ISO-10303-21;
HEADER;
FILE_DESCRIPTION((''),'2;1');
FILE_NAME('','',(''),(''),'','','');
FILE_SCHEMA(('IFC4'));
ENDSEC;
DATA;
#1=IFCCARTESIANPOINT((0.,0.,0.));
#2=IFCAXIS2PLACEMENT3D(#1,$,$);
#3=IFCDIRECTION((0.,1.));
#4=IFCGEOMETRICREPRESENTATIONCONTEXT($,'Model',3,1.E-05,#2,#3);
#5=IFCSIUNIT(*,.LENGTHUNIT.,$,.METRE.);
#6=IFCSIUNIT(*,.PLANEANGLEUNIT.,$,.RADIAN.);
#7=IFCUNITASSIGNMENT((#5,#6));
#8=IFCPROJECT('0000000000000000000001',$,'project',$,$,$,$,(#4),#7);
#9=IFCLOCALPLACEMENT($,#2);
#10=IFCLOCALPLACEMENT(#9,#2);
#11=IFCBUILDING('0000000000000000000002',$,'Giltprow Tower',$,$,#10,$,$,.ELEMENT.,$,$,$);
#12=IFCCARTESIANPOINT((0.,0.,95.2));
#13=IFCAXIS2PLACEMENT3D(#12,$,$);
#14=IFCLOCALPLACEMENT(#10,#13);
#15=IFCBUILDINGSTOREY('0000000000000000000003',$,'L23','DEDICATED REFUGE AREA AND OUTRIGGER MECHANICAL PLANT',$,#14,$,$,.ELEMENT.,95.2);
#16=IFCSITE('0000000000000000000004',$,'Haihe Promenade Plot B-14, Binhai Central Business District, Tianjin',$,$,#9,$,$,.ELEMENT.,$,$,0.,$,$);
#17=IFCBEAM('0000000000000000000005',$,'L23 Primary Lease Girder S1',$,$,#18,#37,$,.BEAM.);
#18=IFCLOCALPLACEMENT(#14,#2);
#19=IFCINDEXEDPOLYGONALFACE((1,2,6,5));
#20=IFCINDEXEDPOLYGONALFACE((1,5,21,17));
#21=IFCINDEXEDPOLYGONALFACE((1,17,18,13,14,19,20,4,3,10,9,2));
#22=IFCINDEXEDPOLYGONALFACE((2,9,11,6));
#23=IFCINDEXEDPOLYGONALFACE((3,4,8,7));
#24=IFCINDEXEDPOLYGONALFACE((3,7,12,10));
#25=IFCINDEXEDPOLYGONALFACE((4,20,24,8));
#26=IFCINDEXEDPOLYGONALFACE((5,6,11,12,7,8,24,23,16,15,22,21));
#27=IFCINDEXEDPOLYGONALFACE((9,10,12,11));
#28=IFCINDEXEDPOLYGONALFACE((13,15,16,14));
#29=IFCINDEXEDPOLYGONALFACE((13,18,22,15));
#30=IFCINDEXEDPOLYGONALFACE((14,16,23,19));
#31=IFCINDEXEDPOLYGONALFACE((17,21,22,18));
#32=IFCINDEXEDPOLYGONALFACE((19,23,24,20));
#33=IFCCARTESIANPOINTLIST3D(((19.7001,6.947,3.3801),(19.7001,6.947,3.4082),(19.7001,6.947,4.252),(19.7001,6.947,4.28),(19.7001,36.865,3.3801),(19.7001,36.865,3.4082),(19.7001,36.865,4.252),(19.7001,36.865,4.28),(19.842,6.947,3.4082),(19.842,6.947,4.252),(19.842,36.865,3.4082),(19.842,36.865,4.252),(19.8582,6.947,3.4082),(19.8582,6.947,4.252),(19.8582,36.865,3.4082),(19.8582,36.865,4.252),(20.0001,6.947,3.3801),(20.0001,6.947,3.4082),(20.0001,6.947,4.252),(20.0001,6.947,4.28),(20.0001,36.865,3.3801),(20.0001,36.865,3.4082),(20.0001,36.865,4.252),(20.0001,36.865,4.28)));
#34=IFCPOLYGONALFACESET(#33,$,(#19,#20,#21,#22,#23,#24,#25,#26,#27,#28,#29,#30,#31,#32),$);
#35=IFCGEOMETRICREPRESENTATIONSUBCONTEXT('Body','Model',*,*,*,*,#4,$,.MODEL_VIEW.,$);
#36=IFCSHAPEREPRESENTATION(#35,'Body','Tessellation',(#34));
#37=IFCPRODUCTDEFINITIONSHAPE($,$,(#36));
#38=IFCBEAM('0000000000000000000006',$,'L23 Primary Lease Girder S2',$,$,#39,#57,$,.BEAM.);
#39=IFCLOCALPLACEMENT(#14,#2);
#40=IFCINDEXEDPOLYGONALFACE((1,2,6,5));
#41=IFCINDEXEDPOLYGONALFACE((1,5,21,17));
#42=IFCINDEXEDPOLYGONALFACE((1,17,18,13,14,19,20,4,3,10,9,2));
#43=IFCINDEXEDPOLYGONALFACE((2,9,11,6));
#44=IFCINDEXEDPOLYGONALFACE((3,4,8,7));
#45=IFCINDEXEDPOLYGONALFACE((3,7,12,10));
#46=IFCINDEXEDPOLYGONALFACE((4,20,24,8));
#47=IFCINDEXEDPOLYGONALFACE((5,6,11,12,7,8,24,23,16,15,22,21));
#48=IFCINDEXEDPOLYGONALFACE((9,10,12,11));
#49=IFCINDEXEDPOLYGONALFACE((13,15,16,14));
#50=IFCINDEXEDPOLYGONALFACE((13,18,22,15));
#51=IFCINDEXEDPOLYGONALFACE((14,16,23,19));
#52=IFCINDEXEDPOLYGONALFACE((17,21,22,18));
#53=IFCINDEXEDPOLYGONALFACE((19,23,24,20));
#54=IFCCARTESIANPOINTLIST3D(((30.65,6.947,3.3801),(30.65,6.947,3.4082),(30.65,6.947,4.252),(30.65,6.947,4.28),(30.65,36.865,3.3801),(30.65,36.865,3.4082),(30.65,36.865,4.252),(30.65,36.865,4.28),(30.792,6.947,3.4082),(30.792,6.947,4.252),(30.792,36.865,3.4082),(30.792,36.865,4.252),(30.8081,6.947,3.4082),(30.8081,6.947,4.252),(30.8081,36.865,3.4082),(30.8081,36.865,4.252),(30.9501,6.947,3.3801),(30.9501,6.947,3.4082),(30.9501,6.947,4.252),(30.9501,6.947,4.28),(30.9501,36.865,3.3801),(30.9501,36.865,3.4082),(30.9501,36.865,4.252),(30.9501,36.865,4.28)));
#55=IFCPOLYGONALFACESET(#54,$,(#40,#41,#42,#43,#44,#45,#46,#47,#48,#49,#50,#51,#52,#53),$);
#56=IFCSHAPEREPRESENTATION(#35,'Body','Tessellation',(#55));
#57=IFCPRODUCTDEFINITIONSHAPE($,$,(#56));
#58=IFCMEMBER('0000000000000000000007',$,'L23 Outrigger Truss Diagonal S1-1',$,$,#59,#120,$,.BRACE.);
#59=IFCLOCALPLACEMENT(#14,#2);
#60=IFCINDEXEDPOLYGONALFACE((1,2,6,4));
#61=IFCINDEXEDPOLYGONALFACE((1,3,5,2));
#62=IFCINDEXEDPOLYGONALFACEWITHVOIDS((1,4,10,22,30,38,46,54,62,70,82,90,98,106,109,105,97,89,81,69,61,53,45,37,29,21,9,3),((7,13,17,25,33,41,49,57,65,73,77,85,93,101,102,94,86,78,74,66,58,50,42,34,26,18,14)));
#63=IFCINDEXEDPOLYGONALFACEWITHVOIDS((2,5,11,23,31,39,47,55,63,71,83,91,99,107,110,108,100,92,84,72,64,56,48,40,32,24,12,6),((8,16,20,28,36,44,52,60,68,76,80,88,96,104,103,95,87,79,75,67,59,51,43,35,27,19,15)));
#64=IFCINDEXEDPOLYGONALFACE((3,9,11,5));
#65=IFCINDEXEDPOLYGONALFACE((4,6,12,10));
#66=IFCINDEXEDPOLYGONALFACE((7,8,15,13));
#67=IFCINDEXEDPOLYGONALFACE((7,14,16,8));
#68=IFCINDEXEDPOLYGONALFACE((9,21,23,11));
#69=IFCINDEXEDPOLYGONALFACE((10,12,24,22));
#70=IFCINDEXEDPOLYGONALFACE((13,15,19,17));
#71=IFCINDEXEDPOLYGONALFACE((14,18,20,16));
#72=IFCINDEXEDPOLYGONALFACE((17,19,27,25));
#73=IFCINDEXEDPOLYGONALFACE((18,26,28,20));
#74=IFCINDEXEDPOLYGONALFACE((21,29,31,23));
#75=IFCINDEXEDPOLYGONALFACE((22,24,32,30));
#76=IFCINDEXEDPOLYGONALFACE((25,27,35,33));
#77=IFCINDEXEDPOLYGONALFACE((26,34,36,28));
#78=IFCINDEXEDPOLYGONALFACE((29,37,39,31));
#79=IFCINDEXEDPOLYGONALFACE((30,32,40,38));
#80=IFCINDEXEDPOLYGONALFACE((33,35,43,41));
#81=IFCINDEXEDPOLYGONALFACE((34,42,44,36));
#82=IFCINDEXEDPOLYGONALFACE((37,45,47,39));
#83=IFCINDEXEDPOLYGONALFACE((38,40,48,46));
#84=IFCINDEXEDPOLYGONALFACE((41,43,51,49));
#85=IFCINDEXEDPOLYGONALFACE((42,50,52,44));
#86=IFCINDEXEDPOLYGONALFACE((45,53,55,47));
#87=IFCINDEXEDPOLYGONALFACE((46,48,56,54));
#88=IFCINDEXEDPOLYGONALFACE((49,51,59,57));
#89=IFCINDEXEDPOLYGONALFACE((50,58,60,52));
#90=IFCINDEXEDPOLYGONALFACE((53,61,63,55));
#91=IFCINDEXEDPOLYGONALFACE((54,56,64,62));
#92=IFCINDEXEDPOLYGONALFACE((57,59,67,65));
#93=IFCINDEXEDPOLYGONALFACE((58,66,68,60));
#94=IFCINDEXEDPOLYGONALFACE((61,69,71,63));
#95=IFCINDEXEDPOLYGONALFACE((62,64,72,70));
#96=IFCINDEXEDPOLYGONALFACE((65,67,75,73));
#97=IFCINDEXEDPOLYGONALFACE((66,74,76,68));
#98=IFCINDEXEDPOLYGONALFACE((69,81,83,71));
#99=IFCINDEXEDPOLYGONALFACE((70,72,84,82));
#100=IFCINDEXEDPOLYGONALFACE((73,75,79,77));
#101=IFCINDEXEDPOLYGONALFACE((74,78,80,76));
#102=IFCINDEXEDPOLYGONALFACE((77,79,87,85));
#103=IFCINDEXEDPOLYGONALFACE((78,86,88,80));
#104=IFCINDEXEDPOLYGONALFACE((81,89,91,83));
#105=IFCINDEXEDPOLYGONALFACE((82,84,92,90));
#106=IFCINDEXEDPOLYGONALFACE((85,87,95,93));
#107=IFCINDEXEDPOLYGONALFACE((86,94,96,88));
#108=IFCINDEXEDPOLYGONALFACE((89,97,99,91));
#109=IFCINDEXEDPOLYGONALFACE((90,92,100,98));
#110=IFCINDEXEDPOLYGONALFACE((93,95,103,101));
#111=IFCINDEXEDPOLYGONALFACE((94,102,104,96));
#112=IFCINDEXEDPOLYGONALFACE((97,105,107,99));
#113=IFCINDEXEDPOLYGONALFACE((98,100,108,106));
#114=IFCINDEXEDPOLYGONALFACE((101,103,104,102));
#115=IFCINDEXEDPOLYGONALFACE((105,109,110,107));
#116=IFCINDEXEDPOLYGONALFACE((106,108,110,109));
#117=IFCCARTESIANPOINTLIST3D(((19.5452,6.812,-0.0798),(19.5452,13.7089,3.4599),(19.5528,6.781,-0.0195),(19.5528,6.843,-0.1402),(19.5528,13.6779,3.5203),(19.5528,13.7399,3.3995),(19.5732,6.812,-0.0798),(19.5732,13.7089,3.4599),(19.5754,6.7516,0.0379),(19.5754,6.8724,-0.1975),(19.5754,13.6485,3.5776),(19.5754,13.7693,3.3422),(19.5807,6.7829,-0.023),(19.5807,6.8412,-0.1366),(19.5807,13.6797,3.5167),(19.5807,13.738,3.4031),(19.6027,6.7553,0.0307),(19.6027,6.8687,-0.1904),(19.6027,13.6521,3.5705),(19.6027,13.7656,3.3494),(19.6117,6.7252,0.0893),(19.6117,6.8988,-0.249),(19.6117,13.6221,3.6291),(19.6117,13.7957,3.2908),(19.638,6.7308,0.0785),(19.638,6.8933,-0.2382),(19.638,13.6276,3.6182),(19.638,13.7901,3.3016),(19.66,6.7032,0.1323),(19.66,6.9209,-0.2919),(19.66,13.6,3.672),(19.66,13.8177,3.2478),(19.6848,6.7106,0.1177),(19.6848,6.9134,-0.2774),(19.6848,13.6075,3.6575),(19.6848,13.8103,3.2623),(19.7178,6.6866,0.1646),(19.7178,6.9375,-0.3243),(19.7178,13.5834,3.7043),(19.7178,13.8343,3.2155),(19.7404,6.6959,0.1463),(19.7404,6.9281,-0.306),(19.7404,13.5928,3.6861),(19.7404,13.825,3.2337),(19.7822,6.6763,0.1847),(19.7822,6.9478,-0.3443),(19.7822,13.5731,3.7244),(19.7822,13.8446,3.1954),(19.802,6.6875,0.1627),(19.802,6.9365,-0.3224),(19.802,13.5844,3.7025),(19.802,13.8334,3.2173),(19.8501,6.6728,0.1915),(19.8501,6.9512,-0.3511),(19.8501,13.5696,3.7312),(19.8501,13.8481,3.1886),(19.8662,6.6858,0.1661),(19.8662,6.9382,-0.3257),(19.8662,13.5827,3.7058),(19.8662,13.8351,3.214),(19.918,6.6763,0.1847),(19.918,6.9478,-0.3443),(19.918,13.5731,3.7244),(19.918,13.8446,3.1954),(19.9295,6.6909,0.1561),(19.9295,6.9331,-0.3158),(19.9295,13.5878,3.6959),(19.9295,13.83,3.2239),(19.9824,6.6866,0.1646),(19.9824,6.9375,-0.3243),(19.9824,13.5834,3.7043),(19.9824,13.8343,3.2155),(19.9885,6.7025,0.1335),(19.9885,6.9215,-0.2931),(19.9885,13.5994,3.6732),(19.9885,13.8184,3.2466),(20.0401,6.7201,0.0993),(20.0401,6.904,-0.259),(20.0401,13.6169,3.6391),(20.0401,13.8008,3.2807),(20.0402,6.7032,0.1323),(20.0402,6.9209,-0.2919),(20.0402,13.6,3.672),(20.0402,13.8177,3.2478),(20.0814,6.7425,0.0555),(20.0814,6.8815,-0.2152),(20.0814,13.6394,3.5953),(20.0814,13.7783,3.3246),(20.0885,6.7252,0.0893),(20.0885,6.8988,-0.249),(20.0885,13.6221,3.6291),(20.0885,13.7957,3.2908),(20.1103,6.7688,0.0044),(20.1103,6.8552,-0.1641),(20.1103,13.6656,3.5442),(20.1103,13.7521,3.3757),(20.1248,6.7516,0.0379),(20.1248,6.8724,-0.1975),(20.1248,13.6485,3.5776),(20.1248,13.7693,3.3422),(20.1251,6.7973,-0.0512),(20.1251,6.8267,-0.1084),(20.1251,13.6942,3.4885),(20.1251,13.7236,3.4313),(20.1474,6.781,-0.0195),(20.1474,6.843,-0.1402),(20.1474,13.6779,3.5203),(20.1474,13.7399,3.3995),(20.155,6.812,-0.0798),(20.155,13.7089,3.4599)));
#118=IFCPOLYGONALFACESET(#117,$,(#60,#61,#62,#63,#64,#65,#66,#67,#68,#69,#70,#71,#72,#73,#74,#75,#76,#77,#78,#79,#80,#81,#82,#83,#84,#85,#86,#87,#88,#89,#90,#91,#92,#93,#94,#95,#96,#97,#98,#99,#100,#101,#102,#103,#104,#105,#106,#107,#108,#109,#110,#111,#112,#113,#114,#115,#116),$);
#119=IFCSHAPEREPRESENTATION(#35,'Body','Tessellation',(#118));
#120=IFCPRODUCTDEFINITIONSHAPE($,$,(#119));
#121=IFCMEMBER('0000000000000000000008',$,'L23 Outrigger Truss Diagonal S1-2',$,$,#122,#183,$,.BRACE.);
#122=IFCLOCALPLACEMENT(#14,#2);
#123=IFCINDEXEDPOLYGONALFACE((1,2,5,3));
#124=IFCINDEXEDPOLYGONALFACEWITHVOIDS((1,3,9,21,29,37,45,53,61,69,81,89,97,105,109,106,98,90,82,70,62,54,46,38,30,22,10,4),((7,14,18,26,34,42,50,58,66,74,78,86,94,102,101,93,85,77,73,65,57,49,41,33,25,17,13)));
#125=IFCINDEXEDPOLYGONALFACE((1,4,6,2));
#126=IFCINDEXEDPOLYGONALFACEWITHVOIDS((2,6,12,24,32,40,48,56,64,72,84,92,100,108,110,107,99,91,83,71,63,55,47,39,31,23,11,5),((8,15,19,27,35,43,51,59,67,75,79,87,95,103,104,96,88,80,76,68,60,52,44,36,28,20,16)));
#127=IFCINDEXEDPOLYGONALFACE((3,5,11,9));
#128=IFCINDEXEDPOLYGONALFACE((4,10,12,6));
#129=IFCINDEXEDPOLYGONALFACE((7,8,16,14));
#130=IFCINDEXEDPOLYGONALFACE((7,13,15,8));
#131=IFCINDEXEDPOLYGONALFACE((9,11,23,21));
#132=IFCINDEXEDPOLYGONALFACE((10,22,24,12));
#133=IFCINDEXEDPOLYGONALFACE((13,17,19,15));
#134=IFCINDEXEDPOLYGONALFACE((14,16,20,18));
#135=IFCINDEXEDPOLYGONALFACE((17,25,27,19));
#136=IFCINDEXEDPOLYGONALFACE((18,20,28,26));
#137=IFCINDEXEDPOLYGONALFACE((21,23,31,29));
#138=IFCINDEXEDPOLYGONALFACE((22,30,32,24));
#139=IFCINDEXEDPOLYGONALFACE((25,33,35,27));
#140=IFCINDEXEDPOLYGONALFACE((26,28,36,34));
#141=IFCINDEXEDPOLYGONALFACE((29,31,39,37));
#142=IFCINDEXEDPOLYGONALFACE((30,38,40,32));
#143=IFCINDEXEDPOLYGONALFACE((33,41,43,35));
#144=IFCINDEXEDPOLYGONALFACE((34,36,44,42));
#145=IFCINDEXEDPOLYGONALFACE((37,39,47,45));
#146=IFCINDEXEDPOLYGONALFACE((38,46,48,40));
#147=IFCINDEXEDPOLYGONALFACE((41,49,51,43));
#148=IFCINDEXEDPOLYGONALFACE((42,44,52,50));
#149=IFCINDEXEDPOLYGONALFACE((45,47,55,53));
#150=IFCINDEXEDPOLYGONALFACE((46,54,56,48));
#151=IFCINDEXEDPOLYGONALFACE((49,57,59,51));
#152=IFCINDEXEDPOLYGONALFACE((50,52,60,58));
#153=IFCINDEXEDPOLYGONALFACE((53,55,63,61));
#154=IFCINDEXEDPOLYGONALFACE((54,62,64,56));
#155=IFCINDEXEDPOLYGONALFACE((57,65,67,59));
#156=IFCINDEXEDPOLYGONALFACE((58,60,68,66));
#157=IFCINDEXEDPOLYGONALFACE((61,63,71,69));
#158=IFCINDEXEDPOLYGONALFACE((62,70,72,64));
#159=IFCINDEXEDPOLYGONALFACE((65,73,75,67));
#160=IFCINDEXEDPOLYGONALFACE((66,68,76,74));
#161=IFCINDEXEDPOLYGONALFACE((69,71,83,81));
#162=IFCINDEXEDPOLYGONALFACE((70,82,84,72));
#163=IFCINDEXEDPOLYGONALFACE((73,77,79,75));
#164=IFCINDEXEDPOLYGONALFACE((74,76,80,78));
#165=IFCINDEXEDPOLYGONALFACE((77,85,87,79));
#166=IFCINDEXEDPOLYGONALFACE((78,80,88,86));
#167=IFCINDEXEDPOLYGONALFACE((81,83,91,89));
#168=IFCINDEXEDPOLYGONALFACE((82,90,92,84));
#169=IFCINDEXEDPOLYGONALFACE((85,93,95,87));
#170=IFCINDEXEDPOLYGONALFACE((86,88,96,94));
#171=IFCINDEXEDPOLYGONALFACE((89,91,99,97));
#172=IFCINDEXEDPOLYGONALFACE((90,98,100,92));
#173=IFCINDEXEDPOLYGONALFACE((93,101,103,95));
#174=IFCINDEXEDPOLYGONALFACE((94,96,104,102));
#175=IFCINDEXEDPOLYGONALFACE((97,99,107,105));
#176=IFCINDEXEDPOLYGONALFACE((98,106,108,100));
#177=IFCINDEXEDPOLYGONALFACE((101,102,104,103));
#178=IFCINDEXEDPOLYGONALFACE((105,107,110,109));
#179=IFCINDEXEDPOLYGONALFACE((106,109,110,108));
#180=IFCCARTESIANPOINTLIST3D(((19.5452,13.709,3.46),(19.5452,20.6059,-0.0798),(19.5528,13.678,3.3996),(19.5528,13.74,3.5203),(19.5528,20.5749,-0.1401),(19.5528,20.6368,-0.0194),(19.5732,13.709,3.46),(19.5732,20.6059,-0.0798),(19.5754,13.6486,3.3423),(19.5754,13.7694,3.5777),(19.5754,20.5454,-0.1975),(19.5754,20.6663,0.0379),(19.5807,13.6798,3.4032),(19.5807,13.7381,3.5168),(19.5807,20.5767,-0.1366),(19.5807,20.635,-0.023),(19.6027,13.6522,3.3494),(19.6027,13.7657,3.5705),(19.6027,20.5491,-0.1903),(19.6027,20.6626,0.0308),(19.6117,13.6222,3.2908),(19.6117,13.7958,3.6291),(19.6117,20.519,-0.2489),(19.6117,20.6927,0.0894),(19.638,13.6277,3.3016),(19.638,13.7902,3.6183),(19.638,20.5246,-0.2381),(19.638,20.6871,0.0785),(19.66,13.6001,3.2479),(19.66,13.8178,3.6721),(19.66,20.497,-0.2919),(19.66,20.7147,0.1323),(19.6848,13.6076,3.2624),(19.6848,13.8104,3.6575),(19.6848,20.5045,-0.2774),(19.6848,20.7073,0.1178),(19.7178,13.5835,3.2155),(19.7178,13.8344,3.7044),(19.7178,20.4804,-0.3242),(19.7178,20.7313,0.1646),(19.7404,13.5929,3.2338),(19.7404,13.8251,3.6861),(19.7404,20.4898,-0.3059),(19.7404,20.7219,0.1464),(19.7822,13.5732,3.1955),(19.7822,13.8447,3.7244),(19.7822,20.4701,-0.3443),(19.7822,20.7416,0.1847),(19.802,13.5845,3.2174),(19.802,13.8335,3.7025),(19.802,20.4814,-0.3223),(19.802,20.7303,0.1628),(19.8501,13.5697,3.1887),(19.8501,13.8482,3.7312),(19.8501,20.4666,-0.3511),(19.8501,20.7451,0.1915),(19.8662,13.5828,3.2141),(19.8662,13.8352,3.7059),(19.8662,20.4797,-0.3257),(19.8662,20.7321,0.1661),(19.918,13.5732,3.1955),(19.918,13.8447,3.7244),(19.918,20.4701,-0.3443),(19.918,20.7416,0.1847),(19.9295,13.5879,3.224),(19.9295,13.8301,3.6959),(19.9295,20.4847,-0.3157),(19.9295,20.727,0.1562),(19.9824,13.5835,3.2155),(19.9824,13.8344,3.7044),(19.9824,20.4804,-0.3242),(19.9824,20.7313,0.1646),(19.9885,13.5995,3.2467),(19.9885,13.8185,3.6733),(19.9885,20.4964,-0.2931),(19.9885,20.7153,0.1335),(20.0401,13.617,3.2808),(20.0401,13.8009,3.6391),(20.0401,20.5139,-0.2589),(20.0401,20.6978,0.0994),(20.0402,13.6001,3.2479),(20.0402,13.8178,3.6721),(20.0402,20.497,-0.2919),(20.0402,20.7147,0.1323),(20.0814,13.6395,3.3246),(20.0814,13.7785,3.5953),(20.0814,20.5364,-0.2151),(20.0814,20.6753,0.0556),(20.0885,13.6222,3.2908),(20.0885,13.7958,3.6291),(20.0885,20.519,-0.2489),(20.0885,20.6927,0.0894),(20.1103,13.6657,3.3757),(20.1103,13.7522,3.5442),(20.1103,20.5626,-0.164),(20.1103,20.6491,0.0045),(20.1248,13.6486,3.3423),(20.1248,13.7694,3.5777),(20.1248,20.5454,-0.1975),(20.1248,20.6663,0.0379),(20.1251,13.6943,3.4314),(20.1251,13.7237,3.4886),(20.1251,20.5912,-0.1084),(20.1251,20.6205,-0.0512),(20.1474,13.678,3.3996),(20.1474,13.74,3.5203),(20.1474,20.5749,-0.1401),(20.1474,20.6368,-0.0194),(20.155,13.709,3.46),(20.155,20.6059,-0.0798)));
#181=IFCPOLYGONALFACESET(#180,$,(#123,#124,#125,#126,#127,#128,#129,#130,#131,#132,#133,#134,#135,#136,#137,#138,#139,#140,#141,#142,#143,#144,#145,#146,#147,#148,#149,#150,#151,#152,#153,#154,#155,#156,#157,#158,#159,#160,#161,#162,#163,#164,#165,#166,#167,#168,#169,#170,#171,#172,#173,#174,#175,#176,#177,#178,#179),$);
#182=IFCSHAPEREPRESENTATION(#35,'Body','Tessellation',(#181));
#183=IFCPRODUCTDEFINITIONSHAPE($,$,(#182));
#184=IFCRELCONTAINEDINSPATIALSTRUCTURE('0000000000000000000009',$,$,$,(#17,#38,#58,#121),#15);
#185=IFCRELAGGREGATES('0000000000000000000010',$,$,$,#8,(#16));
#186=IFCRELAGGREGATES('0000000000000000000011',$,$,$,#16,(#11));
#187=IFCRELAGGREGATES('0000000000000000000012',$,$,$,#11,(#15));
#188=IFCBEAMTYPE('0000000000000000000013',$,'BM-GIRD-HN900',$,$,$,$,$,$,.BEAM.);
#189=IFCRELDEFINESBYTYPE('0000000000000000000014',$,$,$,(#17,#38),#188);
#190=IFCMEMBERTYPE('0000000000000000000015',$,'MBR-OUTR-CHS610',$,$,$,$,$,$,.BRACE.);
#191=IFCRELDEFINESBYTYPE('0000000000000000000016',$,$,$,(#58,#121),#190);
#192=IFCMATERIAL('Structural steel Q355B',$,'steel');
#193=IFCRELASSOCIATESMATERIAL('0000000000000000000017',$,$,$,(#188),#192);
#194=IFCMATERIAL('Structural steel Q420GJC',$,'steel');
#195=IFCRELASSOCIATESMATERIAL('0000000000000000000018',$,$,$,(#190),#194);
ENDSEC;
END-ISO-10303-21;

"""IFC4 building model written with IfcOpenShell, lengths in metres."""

from ifc_helpers import new_model, si_unit, direction, frame, origin, origin_2d, place, context, subcontext, project, spatial, hollow_circle, i_section, extrude, source, transform, mapped, material, material_profile, profile_set, type_object, element, save


model = new_model("IFC4")

# Units and contexts
model_context = context("Model", 3, precision=1e-05, world=origin(), true_north=direction((0.0, 1.0)))
body_context = subcontext(model_context, "Body", "Model", "MODEL_VIEW")
ifc_project = project(units=[si_unit("LENGTHUNIT", "METRE"), si_unit("PLANEANGLEUNIT", "RADIAN")], contexts=[model_context])

# Site, building, storey
site_placement = place(None, origin())
site = spatial("IfcSite", under=ifc_project, at=site_placement, Name="Haihe Promenade Plot B-14, Binhai Central Business District, Tianjin", CompositionType="ELEMENT", RefElevation=0.0)
building_placement = place(site_placement, origin())
building = spatial("IfcBuilding", under=site, at=building_placement, Name="Giltprow Tower", CompositionType="ELEMENT")
storey_placement = place(building_placement, frame((0.0, 0.0, 95.2)))
storey = spatial("IfcBuildingStorey", under=building, at=storey_placement, Name="L23", Description="DEDICATED REFUGE AREA AND OUTRIGGER MECHANICAL PLANT", CompositionType="ELEMENT", Elevation=95.2)

# Shared definitions
ifc_material_1 = material(Name="Structural steel Q420GJC", Category="steel")

# Beams
ifc_material_2 = material(Name="Structural steel Q355B", Category="steel")
ifc_material_profile_1 = material_profile(ifc_material_2, i_section(OverallWidth=0.3, OverallDepth=0.8999, WebThickness=0.0161, FlangeThickness=0.0281, at=origin_2d()), Name="HN 900x300x16x28")
ifc_profile_set_1 = profile_set([ifc_material_profile_1], Name="Structural steel Q355B")
beam_type_1 = type_object("IfcBeamType", Name="BM-GIRD-HN900", PredefinedType="BEAM", material=ifc_profile_set_1)
shared_shape_1 = source(origin(), body_context, "Body", "SweptSolid", [
    extrude(i_section(OverallWidth=0.3, OverallDepth=0.8999, WebThickness=0.0161, FlangeThickness=0.0281, at=origin_2d()), origin(), (0.0, 0.0, 1.0), 29.918),
])
for number, where, z_axis, x_axis, name in (
    (1, (19.8501, 6.947, 3.8301), (0.0, 1.0, 0.0), (-1.0, 0.0, 0.0), "L23 Primary Lease Girder S1"),
    (2, (30.8, 6.947, 3.8301), (0.0, 1.0, 0.0), (-1.0, 0.0, 0.0), "L23 Primary Lease Girder S2"),
):
    element("IfcBeam", number, at=place(storey_placement, frame(where, z_axis=z_axis, x_axis=x_axis)), inside=storey, type_object=beam_type_1, Name=name, PredefinedType="BEAM", context=body_context, shape_type="MappedRepresentation", body=[
        mapped(shared_shape_1, transform((0.0, 0.0, 0.0), x_axis=(1.0, 0.0, 0.0), y_axis=(0.0, 1.0, 0.0), z_axis=(0.0, 0.0, 1.0), scale=1.0)),
    ])

# Members
ifc_material_profile_2 = material_profile(ifc_material_1, hollow_circle(Radius=0.3049, WallThickness=0.0281, at=origin_2d()), Name="CHS 610x28")
ifc_profile_set_2 = profile_set([ifc_material_profile_2], Name="Structural steel Q420GJC")
member_type_1 = type_object("IfcMemberType", Name="MBR-OUTR-CHS610", PredefinedType="BRACE", material=ifc_profile_set_2)
shared_shape_2 = source(origin(), body_context, "Body", "SweptSolid", [
    extrude(hollow_circle(Radius=0.3049, WallThickness=0.0281, at=origin_2d()), origin(), (0.0, 0.0, 1.0), 7.7522),
])
for number, where, z_axis, x_axis, name in (
    (3, (19.8501, 6.812, -0.0798), (0.0, 0.889666, 0.456611), (-1.0, 0.0, 0.0), "L23 Outrigger Truss Diagonal S1-1"),
    (4, (19.8501, 13.709, 3.46), (0.0, 0.889666, -0.456611), (-1.0, 0.0, 0.0), "L23 Outrigger Truss Diagonal S1-2"),
):
    element("IfcMember", number, at=place(storey_placement, frame(where, z_axis=z_axis, x_axis=x_axis)), inside=storey, type_object=member_type_1, Name=name, PredefinedType="BRACE", context=body_context, shape_type="MappedRepresentation", body=[
        mapped(shared_shape_2, transform((0.0, 0.0, 0.0), x_axis=(1.0, 0.0, 0.0), y_axis=(0.0, 1.0, 0.0), z_axis=(0.0, 0.0, 1.0), scale=1.0)),
    ])

save(model, "model.ifc")
